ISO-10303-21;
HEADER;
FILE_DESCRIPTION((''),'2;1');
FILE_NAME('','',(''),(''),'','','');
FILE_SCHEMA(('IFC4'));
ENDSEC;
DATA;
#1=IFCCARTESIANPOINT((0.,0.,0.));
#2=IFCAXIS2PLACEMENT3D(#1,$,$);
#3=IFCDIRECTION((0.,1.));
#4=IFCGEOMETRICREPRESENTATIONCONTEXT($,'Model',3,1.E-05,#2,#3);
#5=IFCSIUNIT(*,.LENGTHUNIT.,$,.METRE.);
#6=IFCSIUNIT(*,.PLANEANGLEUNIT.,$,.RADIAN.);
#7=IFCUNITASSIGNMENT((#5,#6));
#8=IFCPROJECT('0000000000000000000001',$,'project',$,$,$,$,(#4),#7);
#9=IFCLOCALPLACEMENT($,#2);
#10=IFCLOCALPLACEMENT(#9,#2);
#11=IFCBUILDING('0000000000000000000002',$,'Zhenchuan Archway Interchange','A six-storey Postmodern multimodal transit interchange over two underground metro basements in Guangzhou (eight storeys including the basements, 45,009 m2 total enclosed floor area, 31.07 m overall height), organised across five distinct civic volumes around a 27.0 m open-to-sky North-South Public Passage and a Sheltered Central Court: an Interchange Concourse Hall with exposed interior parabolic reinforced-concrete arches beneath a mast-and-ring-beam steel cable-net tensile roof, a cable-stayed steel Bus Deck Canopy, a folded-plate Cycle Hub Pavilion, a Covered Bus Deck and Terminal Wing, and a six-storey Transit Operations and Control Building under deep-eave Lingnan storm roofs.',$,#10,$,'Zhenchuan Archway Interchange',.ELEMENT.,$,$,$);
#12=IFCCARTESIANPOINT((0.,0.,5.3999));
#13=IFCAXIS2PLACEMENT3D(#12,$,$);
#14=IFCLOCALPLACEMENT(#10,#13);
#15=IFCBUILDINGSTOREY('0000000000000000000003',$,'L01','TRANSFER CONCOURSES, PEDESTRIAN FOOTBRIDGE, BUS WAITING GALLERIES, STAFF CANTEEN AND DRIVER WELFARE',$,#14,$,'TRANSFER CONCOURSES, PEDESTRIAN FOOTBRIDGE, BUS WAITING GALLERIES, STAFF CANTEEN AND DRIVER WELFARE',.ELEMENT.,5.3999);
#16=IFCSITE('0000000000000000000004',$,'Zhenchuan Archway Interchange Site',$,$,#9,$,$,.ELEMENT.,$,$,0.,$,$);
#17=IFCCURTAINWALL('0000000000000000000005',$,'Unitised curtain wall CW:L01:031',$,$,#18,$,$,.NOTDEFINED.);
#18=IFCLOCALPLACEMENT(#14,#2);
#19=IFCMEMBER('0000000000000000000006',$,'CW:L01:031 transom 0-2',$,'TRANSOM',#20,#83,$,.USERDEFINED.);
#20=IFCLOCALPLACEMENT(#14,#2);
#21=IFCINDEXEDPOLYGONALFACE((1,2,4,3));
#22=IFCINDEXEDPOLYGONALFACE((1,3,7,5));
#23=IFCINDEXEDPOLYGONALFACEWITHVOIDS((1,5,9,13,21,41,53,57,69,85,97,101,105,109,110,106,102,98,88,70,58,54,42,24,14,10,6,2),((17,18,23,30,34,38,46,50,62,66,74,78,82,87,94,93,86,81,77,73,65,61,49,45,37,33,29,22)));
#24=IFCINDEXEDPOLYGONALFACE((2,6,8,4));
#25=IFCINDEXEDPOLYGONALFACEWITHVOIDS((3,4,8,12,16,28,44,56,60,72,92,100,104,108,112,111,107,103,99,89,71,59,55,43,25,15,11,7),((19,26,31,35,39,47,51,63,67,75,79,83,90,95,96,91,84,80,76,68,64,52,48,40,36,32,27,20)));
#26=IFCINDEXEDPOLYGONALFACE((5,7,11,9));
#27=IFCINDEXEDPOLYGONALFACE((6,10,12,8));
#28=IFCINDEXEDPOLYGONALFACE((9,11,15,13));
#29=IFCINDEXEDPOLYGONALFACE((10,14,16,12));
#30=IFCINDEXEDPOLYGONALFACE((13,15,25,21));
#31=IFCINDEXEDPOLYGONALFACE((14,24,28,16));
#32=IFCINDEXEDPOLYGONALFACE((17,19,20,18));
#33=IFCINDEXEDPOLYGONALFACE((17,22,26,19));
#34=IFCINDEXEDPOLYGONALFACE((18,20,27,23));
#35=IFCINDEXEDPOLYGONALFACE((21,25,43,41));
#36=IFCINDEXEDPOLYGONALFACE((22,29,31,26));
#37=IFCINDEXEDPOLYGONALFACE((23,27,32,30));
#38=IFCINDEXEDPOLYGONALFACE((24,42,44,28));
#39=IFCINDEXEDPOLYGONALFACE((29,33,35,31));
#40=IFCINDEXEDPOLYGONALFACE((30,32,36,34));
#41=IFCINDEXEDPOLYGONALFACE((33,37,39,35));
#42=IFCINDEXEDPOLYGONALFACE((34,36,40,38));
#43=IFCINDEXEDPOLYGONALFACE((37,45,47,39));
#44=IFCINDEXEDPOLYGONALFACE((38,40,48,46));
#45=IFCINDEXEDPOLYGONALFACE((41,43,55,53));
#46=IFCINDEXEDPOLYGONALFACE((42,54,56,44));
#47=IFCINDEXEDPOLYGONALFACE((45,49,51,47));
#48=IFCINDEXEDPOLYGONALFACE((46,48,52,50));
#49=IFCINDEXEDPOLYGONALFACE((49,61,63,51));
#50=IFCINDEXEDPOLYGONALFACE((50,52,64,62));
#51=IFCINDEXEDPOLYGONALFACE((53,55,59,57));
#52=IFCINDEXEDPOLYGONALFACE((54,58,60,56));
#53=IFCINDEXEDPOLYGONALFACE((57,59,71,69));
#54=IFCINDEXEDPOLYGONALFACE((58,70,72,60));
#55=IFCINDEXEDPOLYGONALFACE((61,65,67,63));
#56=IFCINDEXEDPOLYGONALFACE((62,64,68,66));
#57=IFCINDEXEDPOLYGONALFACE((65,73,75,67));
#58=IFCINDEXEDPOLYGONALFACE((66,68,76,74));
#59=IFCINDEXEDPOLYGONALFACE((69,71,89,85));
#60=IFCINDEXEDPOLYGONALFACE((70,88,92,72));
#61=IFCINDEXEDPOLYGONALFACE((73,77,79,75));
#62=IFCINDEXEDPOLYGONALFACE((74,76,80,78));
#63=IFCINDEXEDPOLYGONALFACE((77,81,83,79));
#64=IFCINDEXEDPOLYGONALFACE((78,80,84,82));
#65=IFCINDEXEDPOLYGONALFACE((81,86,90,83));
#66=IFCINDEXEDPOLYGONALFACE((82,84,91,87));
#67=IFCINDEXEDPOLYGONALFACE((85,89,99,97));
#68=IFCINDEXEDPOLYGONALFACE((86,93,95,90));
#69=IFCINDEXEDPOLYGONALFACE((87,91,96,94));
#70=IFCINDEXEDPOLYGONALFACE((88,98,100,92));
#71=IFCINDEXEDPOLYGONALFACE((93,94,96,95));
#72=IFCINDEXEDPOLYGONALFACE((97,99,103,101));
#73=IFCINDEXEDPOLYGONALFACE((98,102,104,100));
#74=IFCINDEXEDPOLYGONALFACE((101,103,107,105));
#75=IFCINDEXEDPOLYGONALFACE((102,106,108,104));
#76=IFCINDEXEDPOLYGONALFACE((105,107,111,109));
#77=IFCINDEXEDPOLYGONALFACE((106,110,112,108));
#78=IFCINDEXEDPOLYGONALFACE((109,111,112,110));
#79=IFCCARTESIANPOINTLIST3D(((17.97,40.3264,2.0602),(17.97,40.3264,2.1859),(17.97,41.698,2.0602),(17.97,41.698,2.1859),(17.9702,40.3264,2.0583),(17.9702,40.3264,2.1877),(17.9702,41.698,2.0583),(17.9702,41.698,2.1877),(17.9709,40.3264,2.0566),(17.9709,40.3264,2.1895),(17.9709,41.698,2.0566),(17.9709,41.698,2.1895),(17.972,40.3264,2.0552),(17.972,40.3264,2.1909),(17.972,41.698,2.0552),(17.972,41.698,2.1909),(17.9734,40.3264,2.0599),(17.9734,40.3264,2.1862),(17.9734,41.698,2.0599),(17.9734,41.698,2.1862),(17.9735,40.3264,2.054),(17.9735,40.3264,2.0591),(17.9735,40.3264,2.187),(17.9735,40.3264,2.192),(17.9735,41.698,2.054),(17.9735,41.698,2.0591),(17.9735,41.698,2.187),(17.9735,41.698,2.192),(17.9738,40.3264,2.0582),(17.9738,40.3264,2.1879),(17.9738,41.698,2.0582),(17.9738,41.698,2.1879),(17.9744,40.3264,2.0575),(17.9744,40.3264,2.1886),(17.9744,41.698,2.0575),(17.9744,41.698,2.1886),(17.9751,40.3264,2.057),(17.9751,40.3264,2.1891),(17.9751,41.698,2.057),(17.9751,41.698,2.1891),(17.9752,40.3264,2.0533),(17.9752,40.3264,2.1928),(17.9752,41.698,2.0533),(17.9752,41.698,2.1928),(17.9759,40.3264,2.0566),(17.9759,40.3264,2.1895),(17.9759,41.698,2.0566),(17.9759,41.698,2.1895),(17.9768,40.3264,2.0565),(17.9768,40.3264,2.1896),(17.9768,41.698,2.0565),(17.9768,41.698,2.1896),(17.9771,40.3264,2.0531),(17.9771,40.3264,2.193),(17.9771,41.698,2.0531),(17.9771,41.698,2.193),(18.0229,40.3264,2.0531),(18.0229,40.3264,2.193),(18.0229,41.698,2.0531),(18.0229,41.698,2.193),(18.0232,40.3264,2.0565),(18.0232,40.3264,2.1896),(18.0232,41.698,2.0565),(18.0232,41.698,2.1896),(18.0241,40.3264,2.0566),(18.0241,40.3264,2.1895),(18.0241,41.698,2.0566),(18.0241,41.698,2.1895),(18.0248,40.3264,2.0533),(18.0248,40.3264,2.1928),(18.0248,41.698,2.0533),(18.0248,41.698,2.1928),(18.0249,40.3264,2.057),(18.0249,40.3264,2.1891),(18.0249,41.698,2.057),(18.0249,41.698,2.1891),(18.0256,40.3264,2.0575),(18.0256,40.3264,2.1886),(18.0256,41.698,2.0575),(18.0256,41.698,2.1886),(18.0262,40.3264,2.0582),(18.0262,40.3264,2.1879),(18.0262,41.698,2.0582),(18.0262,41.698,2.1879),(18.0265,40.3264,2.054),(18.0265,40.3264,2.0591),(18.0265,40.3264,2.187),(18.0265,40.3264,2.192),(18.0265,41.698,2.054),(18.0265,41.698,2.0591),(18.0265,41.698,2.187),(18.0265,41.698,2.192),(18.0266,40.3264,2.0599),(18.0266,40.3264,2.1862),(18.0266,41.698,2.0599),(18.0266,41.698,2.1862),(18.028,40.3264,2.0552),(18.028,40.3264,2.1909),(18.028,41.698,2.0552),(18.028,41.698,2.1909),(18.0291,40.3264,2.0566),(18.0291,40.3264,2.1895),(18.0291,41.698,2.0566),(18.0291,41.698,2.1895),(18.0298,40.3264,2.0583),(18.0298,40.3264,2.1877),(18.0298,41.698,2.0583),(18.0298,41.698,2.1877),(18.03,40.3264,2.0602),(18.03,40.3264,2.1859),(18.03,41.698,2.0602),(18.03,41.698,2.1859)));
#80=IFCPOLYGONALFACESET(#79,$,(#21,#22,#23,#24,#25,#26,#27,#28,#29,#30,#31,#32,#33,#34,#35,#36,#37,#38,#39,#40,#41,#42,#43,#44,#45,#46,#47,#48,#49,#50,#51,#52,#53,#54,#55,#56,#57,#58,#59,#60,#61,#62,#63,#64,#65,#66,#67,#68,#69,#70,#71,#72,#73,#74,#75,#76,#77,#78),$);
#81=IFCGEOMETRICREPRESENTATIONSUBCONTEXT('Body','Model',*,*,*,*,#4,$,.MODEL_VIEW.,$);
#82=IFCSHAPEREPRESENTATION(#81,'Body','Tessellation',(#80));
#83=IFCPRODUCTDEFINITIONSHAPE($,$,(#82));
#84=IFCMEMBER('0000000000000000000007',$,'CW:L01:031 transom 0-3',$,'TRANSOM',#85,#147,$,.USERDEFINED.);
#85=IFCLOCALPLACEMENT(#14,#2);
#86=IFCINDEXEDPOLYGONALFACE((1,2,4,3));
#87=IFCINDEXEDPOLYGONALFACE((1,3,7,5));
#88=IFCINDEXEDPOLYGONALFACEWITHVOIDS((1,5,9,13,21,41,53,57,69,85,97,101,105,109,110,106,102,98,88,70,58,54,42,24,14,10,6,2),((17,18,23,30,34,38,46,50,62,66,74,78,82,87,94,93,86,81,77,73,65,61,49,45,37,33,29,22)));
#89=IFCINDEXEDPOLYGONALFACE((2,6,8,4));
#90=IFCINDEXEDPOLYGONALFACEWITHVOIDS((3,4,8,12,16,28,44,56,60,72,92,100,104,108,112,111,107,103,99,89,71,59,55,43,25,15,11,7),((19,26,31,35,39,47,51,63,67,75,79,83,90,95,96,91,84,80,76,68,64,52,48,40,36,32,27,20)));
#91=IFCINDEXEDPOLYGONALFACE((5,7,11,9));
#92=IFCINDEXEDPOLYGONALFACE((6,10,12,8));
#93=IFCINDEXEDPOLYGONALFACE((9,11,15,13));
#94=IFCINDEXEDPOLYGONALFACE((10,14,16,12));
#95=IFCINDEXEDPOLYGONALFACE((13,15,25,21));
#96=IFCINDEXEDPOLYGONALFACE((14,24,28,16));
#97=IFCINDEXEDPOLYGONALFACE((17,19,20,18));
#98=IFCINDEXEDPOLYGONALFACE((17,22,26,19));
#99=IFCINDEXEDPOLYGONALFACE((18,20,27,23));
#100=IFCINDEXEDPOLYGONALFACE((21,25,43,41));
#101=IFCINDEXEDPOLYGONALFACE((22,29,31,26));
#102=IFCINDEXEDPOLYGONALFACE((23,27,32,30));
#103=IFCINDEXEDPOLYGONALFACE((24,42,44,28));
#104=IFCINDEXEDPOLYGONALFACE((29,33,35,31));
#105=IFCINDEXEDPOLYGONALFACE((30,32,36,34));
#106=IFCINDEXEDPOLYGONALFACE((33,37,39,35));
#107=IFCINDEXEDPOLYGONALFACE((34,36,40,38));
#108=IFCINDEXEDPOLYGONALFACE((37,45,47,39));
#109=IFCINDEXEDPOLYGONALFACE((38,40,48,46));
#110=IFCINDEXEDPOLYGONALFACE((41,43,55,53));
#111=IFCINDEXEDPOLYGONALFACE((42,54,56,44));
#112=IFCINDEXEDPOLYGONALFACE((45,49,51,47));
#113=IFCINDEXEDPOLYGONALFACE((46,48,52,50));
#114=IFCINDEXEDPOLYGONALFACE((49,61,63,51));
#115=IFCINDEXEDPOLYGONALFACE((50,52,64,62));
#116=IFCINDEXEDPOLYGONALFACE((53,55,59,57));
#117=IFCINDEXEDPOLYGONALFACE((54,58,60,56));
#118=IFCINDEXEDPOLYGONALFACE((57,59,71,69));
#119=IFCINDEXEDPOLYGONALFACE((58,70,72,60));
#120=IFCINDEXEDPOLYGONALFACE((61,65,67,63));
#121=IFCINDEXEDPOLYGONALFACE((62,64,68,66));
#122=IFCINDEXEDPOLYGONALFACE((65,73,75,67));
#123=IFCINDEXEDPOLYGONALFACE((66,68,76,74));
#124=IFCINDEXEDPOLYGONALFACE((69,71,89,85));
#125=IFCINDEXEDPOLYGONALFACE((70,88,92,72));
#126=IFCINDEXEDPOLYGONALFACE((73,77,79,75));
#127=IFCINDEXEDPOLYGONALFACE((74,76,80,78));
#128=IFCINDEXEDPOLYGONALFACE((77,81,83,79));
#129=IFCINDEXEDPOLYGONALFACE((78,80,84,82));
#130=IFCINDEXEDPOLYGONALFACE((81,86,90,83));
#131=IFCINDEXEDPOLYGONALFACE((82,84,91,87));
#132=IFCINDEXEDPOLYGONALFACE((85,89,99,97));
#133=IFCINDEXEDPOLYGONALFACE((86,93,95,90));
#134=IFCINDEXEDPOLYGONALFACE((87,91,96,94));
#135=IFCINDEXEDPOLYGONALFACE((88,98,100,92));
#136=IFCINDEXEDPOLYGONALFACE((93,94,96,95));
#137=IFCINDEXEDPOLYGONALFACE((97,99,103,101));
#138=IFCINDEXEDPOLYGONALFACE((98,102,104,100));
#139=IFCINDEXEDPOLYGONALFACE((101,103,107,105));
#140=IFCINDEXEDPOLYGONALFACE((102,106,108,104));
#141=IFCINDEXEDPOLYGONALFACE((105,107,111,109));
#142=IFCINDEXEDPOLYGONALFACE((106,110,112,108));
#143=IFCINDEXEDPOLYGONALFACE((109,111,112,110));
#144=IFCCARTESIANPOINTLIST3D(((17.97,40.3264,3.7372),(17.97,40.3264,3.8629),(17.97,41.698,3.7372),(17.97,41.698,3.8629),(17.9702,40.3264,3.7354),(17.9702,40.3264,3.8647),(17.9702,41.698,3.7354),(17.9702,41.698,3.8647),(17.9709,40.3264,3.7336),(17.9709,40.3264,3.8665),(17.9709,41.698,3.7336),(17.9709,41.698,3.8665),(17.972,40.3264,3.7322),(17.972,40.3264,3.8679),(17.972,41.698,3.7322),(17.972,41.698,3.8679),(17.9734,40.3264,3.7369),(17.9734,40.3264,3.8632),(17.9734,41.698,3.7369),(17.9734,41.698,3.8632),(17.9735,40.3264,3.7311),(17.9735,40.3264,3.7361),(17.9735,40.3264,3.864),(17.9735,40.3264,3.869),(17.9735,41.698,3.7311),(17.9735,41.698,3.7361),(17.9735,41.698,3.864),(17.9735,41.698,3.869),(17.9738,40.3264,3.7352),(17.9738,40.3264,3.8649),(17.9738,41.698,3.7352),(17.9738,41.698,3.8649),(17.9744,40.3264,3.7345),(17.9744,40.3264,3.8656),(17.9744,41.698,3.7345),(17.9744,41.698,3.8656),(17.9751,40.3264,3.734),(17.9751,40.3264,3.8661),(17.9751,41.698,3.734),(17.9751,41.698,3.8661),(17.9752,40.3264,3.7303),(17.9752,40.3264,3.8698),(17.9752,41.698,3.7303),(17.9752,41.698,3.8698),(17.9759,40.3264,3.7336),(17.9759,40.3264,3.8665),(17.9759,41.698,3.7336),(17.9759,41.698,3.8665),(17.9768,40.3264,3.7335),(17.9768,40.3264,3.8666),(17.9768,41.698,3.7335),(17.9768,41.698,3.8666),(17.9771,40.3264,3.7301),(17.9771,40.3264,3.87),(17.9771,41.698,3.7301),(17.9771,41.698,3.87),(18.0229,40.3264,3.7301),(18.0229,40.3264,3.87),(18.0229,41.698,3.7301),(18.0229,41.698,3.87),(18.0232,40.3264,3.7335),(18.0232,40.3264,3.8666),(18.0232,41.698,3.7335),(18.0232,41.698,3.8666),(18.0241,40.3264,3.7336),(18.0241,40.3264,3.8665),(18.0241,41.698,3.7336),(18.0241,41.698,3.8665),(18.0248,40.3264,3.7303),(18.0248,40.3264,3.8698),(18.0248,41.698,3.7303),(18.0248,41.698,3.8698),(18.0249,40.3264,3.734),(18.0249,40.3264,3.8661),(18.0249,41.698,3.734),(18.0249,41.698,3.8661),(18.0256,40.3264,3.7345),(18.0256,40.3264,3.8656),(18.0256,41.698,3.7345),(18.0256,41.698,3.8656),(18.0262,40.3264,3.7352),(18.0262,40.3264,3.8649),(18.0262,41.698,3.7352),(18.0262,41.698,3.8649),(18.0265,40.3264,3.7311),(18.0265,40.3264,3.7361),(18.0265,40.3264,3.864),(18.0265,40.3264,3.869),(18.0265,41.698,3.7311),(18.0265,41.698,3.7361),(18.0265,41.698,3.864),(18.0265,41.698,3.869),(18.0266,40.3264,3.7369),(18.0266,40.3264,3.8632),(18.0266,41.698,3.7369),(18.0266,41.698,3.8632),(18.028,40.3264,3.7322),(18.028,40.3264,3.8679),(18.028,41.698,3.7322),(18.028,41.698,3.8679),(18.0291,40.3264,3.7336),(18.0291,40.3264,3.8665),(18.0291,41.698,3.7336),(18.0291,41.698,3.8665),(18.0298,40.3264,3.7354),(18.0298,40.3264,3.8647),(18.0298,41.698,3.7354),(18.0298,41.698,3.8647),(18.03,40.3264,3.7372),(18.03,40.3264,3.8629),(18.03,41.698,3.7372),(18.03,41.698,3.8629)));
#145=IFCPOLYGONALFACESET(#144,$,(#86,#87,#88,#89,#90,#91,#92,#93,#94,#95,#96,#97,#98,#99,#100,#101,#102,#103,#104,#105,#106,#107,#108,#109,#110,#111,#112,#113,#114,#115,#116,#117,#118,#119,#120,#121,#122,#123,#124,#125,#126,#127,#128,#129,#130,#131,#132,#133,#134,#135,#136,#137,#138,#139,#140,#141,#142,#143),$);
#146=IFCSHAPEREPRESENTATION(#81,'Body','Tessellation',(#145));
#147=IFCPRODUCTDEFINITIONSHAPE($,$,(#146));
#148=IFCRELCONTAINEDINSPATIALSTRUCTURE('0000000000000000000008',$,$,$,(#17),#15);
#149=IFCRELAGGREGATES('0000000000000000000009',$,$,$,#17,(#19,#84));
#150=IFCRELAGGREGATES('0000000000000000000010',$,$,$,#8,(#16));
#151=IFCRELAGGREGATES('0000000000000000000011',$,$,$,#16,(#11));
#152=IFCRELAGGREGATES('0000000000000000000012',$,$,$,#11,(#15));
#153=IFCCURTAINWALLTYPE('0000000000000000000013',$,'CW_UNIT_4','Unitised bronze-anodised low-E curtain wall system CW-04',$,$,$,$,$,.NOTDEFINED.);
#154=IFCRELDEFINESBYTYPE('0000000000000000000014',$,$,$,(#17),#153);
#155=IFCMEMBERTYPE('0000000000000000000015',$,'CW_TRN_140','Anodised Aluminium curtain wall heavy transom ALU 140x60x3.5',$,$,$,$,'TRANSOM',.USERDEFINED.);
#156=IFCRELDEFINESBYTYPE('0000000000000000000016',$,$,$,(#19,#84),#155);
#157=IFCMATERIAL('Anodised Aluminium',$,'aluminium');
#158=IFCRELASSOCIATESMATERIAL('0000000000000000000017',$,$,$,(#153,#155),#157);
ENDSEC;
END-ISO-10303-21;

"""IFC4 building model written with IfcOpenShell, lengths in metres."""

from ifc_helpers import new_model, si_unit, direction, frame, origin, origin_2d, place, context, subcontext, project, spatial, hollow_rectangle, extrude, material, material_profile, profile_set, type_object, element, aggregate, save


model = new_model("IFC4")

# Units and contexts
model_context = context("Model", 3, precision=1e-05, world=origin(), true_north=direction((0.0, 1.0)))
body_context = subcontext(model_context, "Body", "Model", "MODEL_VIEW")
ifc_project = project(units=[si_unit("LENGTHUNIT", "METRE"), si_unit("PLANEANGLEUNIT", "RADIAN")], contexts=[model_context])

# Site, building, storey
site_placement = place(None, origin())
site = spatial("IfcSite", under=ifc_project, at=site_placement, Name="Zhenchuan Archway Interchange Site", CompositionType="ELEMENT", RefElevation=0.0)
building_placement = place(site_placement, origin())
building = spatial("IfcBuilding", under=site, at=building_placement, Name="Zhenchuan Archway Interchange", Description="A six-storey Postmodern multimodal transit interchange over two underground metro basements in Guangzhou (eight storeys including the basements, 45,009 m2 total enclosed floor area, 31.07 m overall height), organised across five distinct civic volumes around a 27.0 m open-to-sky North-South Public Passage and a Sheltered Central Court: an Interchange Concourse Hall with exposed interior parabolic reinforced-concrete arches beneath a mast-and-ring-beam steel cable-net tensile roof, a cable-stayed steel Bus Deck Canopy, a folded-plate Cycle Hub Pavilion, a Covered Bus Deck and Terminal Wing, and a six-storey Transit Operations and Control Building under deep-eave Lingnan storm roofs.", LongName="Zhenchuan Archway Interchange", CompositionType="ELEMENT")
storey_placement = place(building_placement, frame((0.0, 0.0, 5.3999)))
storey = spatial("IfcBuildingStorey", under=building, at=storey_placement, Name="L01", Description="TRANSFER CONCOURSES, PEDESTRIAN FOOTBRIDGE, BUS WAITING GALLERIES, STAFF CANTEEN AND DRIVER WELFARE", LongName="TRANSFER CONCOURSES, PEDESTRIAN FOOTBRIDGE, BUS WAITING GALLERIES, STAFF CANTEEN AND DRIVER WELFARE", CompositionType="ELEMENT", Elevation=5.3999)

# Curtain wall, members
ifc_material_1 = material(Name="Anodised Aluminium", Category="aluminium")
curtain_wall_type = type_object("IfcCurtainWallType", Name="CW_UNIT_4", Description="Unitised bronze-anodised low-E curtain wall system CW-04", PredefinedType="NOTDEFINED", material=ifc_material_1)
curtain_wall_placement = place(storey_placement, origin())
curtain_wall = element("IfcCurtainWall", 1, at=curtain_wall_placement, inside=storey, type_object=curtain_wall_type, Name="Unitised curtain wall CW:L01:031", PredefinedType="NOTDEFINED")
ifc_material_profile_1 = material_profile(ifc_material_1, hollow_rectangle(XDim=0.0601, YDim=0.1399, WallThickness=0.0034, InnerFilletRadius=0.0034, OuterFilletRadius=0.0071, at=origin_2d()), Name="ALU 140x60x3.5")
ifc_profile_set_1 = profile_set([ifc_material_profile_1], Name="Anodised Aluminium")
member_type_1 = type_object("IfcMemberType", Name="CW_TRN_140", Description="Anodised Aluminium curtain wall heavy transom ALU 140x60x3.5", ElementType="TRANSOM", PredefinedType="USERDEFINED", material=ifc_profile_set_1)
member_1_placement = place(storey_placement, frame((18.0, 40.3264, 2.123), z_axis=(0.0, 1.0, 0.0), x_axis=(-1.0, 0.0, 0.0)))
member_1 = element("IfcMember", 2, at=member_1_placement, type_object=member_type_1, Name="CW:L01:031 transom 0-2", ObjectType="TRANSOM", PredefinedType="USERDEFINED", context=body_context, shape_type="SweptSolid", body=[
    extrude(hollow_rectangle(XDim=0.0601, YDim=0.1399, WallThickness=0.0034, InnerFilletRadius=0.0034, OuterFilletRadius=0.0071, at=origin_2d()), origin(), (0.0, 0.0, 1.0), 1.3716),
])
member_2_placement = place(storey_placement, frame((18.0, 40.3264, 3.8), z_axis=(0.0, 1.0, 0.0), x_axis=(-1.0, 0.0, 0.0)))
member_2 = element("IfcMember", 3, at=member_2_placement, type_object=member_type_1, Name="CW:L01:031 transom 0-3", ObjectType="TRANSOM", PredefinedType="USERDEFINED", context=body_context, shape_type="SweptSolid", body=[
    extrude(hollow_rectangle(XDim=0.0601, YDim=0.1399, WallThickness=0.0034, InnerFilletRadius=0.0034, OuterFilletRadius=0.0071, at=origin_2d()), origin(), (0.0, 0.0, 1.0), 1.3716),
])
aggregate(curtain_wall, [member_1, member_2])

save(model, "model.ifc")
